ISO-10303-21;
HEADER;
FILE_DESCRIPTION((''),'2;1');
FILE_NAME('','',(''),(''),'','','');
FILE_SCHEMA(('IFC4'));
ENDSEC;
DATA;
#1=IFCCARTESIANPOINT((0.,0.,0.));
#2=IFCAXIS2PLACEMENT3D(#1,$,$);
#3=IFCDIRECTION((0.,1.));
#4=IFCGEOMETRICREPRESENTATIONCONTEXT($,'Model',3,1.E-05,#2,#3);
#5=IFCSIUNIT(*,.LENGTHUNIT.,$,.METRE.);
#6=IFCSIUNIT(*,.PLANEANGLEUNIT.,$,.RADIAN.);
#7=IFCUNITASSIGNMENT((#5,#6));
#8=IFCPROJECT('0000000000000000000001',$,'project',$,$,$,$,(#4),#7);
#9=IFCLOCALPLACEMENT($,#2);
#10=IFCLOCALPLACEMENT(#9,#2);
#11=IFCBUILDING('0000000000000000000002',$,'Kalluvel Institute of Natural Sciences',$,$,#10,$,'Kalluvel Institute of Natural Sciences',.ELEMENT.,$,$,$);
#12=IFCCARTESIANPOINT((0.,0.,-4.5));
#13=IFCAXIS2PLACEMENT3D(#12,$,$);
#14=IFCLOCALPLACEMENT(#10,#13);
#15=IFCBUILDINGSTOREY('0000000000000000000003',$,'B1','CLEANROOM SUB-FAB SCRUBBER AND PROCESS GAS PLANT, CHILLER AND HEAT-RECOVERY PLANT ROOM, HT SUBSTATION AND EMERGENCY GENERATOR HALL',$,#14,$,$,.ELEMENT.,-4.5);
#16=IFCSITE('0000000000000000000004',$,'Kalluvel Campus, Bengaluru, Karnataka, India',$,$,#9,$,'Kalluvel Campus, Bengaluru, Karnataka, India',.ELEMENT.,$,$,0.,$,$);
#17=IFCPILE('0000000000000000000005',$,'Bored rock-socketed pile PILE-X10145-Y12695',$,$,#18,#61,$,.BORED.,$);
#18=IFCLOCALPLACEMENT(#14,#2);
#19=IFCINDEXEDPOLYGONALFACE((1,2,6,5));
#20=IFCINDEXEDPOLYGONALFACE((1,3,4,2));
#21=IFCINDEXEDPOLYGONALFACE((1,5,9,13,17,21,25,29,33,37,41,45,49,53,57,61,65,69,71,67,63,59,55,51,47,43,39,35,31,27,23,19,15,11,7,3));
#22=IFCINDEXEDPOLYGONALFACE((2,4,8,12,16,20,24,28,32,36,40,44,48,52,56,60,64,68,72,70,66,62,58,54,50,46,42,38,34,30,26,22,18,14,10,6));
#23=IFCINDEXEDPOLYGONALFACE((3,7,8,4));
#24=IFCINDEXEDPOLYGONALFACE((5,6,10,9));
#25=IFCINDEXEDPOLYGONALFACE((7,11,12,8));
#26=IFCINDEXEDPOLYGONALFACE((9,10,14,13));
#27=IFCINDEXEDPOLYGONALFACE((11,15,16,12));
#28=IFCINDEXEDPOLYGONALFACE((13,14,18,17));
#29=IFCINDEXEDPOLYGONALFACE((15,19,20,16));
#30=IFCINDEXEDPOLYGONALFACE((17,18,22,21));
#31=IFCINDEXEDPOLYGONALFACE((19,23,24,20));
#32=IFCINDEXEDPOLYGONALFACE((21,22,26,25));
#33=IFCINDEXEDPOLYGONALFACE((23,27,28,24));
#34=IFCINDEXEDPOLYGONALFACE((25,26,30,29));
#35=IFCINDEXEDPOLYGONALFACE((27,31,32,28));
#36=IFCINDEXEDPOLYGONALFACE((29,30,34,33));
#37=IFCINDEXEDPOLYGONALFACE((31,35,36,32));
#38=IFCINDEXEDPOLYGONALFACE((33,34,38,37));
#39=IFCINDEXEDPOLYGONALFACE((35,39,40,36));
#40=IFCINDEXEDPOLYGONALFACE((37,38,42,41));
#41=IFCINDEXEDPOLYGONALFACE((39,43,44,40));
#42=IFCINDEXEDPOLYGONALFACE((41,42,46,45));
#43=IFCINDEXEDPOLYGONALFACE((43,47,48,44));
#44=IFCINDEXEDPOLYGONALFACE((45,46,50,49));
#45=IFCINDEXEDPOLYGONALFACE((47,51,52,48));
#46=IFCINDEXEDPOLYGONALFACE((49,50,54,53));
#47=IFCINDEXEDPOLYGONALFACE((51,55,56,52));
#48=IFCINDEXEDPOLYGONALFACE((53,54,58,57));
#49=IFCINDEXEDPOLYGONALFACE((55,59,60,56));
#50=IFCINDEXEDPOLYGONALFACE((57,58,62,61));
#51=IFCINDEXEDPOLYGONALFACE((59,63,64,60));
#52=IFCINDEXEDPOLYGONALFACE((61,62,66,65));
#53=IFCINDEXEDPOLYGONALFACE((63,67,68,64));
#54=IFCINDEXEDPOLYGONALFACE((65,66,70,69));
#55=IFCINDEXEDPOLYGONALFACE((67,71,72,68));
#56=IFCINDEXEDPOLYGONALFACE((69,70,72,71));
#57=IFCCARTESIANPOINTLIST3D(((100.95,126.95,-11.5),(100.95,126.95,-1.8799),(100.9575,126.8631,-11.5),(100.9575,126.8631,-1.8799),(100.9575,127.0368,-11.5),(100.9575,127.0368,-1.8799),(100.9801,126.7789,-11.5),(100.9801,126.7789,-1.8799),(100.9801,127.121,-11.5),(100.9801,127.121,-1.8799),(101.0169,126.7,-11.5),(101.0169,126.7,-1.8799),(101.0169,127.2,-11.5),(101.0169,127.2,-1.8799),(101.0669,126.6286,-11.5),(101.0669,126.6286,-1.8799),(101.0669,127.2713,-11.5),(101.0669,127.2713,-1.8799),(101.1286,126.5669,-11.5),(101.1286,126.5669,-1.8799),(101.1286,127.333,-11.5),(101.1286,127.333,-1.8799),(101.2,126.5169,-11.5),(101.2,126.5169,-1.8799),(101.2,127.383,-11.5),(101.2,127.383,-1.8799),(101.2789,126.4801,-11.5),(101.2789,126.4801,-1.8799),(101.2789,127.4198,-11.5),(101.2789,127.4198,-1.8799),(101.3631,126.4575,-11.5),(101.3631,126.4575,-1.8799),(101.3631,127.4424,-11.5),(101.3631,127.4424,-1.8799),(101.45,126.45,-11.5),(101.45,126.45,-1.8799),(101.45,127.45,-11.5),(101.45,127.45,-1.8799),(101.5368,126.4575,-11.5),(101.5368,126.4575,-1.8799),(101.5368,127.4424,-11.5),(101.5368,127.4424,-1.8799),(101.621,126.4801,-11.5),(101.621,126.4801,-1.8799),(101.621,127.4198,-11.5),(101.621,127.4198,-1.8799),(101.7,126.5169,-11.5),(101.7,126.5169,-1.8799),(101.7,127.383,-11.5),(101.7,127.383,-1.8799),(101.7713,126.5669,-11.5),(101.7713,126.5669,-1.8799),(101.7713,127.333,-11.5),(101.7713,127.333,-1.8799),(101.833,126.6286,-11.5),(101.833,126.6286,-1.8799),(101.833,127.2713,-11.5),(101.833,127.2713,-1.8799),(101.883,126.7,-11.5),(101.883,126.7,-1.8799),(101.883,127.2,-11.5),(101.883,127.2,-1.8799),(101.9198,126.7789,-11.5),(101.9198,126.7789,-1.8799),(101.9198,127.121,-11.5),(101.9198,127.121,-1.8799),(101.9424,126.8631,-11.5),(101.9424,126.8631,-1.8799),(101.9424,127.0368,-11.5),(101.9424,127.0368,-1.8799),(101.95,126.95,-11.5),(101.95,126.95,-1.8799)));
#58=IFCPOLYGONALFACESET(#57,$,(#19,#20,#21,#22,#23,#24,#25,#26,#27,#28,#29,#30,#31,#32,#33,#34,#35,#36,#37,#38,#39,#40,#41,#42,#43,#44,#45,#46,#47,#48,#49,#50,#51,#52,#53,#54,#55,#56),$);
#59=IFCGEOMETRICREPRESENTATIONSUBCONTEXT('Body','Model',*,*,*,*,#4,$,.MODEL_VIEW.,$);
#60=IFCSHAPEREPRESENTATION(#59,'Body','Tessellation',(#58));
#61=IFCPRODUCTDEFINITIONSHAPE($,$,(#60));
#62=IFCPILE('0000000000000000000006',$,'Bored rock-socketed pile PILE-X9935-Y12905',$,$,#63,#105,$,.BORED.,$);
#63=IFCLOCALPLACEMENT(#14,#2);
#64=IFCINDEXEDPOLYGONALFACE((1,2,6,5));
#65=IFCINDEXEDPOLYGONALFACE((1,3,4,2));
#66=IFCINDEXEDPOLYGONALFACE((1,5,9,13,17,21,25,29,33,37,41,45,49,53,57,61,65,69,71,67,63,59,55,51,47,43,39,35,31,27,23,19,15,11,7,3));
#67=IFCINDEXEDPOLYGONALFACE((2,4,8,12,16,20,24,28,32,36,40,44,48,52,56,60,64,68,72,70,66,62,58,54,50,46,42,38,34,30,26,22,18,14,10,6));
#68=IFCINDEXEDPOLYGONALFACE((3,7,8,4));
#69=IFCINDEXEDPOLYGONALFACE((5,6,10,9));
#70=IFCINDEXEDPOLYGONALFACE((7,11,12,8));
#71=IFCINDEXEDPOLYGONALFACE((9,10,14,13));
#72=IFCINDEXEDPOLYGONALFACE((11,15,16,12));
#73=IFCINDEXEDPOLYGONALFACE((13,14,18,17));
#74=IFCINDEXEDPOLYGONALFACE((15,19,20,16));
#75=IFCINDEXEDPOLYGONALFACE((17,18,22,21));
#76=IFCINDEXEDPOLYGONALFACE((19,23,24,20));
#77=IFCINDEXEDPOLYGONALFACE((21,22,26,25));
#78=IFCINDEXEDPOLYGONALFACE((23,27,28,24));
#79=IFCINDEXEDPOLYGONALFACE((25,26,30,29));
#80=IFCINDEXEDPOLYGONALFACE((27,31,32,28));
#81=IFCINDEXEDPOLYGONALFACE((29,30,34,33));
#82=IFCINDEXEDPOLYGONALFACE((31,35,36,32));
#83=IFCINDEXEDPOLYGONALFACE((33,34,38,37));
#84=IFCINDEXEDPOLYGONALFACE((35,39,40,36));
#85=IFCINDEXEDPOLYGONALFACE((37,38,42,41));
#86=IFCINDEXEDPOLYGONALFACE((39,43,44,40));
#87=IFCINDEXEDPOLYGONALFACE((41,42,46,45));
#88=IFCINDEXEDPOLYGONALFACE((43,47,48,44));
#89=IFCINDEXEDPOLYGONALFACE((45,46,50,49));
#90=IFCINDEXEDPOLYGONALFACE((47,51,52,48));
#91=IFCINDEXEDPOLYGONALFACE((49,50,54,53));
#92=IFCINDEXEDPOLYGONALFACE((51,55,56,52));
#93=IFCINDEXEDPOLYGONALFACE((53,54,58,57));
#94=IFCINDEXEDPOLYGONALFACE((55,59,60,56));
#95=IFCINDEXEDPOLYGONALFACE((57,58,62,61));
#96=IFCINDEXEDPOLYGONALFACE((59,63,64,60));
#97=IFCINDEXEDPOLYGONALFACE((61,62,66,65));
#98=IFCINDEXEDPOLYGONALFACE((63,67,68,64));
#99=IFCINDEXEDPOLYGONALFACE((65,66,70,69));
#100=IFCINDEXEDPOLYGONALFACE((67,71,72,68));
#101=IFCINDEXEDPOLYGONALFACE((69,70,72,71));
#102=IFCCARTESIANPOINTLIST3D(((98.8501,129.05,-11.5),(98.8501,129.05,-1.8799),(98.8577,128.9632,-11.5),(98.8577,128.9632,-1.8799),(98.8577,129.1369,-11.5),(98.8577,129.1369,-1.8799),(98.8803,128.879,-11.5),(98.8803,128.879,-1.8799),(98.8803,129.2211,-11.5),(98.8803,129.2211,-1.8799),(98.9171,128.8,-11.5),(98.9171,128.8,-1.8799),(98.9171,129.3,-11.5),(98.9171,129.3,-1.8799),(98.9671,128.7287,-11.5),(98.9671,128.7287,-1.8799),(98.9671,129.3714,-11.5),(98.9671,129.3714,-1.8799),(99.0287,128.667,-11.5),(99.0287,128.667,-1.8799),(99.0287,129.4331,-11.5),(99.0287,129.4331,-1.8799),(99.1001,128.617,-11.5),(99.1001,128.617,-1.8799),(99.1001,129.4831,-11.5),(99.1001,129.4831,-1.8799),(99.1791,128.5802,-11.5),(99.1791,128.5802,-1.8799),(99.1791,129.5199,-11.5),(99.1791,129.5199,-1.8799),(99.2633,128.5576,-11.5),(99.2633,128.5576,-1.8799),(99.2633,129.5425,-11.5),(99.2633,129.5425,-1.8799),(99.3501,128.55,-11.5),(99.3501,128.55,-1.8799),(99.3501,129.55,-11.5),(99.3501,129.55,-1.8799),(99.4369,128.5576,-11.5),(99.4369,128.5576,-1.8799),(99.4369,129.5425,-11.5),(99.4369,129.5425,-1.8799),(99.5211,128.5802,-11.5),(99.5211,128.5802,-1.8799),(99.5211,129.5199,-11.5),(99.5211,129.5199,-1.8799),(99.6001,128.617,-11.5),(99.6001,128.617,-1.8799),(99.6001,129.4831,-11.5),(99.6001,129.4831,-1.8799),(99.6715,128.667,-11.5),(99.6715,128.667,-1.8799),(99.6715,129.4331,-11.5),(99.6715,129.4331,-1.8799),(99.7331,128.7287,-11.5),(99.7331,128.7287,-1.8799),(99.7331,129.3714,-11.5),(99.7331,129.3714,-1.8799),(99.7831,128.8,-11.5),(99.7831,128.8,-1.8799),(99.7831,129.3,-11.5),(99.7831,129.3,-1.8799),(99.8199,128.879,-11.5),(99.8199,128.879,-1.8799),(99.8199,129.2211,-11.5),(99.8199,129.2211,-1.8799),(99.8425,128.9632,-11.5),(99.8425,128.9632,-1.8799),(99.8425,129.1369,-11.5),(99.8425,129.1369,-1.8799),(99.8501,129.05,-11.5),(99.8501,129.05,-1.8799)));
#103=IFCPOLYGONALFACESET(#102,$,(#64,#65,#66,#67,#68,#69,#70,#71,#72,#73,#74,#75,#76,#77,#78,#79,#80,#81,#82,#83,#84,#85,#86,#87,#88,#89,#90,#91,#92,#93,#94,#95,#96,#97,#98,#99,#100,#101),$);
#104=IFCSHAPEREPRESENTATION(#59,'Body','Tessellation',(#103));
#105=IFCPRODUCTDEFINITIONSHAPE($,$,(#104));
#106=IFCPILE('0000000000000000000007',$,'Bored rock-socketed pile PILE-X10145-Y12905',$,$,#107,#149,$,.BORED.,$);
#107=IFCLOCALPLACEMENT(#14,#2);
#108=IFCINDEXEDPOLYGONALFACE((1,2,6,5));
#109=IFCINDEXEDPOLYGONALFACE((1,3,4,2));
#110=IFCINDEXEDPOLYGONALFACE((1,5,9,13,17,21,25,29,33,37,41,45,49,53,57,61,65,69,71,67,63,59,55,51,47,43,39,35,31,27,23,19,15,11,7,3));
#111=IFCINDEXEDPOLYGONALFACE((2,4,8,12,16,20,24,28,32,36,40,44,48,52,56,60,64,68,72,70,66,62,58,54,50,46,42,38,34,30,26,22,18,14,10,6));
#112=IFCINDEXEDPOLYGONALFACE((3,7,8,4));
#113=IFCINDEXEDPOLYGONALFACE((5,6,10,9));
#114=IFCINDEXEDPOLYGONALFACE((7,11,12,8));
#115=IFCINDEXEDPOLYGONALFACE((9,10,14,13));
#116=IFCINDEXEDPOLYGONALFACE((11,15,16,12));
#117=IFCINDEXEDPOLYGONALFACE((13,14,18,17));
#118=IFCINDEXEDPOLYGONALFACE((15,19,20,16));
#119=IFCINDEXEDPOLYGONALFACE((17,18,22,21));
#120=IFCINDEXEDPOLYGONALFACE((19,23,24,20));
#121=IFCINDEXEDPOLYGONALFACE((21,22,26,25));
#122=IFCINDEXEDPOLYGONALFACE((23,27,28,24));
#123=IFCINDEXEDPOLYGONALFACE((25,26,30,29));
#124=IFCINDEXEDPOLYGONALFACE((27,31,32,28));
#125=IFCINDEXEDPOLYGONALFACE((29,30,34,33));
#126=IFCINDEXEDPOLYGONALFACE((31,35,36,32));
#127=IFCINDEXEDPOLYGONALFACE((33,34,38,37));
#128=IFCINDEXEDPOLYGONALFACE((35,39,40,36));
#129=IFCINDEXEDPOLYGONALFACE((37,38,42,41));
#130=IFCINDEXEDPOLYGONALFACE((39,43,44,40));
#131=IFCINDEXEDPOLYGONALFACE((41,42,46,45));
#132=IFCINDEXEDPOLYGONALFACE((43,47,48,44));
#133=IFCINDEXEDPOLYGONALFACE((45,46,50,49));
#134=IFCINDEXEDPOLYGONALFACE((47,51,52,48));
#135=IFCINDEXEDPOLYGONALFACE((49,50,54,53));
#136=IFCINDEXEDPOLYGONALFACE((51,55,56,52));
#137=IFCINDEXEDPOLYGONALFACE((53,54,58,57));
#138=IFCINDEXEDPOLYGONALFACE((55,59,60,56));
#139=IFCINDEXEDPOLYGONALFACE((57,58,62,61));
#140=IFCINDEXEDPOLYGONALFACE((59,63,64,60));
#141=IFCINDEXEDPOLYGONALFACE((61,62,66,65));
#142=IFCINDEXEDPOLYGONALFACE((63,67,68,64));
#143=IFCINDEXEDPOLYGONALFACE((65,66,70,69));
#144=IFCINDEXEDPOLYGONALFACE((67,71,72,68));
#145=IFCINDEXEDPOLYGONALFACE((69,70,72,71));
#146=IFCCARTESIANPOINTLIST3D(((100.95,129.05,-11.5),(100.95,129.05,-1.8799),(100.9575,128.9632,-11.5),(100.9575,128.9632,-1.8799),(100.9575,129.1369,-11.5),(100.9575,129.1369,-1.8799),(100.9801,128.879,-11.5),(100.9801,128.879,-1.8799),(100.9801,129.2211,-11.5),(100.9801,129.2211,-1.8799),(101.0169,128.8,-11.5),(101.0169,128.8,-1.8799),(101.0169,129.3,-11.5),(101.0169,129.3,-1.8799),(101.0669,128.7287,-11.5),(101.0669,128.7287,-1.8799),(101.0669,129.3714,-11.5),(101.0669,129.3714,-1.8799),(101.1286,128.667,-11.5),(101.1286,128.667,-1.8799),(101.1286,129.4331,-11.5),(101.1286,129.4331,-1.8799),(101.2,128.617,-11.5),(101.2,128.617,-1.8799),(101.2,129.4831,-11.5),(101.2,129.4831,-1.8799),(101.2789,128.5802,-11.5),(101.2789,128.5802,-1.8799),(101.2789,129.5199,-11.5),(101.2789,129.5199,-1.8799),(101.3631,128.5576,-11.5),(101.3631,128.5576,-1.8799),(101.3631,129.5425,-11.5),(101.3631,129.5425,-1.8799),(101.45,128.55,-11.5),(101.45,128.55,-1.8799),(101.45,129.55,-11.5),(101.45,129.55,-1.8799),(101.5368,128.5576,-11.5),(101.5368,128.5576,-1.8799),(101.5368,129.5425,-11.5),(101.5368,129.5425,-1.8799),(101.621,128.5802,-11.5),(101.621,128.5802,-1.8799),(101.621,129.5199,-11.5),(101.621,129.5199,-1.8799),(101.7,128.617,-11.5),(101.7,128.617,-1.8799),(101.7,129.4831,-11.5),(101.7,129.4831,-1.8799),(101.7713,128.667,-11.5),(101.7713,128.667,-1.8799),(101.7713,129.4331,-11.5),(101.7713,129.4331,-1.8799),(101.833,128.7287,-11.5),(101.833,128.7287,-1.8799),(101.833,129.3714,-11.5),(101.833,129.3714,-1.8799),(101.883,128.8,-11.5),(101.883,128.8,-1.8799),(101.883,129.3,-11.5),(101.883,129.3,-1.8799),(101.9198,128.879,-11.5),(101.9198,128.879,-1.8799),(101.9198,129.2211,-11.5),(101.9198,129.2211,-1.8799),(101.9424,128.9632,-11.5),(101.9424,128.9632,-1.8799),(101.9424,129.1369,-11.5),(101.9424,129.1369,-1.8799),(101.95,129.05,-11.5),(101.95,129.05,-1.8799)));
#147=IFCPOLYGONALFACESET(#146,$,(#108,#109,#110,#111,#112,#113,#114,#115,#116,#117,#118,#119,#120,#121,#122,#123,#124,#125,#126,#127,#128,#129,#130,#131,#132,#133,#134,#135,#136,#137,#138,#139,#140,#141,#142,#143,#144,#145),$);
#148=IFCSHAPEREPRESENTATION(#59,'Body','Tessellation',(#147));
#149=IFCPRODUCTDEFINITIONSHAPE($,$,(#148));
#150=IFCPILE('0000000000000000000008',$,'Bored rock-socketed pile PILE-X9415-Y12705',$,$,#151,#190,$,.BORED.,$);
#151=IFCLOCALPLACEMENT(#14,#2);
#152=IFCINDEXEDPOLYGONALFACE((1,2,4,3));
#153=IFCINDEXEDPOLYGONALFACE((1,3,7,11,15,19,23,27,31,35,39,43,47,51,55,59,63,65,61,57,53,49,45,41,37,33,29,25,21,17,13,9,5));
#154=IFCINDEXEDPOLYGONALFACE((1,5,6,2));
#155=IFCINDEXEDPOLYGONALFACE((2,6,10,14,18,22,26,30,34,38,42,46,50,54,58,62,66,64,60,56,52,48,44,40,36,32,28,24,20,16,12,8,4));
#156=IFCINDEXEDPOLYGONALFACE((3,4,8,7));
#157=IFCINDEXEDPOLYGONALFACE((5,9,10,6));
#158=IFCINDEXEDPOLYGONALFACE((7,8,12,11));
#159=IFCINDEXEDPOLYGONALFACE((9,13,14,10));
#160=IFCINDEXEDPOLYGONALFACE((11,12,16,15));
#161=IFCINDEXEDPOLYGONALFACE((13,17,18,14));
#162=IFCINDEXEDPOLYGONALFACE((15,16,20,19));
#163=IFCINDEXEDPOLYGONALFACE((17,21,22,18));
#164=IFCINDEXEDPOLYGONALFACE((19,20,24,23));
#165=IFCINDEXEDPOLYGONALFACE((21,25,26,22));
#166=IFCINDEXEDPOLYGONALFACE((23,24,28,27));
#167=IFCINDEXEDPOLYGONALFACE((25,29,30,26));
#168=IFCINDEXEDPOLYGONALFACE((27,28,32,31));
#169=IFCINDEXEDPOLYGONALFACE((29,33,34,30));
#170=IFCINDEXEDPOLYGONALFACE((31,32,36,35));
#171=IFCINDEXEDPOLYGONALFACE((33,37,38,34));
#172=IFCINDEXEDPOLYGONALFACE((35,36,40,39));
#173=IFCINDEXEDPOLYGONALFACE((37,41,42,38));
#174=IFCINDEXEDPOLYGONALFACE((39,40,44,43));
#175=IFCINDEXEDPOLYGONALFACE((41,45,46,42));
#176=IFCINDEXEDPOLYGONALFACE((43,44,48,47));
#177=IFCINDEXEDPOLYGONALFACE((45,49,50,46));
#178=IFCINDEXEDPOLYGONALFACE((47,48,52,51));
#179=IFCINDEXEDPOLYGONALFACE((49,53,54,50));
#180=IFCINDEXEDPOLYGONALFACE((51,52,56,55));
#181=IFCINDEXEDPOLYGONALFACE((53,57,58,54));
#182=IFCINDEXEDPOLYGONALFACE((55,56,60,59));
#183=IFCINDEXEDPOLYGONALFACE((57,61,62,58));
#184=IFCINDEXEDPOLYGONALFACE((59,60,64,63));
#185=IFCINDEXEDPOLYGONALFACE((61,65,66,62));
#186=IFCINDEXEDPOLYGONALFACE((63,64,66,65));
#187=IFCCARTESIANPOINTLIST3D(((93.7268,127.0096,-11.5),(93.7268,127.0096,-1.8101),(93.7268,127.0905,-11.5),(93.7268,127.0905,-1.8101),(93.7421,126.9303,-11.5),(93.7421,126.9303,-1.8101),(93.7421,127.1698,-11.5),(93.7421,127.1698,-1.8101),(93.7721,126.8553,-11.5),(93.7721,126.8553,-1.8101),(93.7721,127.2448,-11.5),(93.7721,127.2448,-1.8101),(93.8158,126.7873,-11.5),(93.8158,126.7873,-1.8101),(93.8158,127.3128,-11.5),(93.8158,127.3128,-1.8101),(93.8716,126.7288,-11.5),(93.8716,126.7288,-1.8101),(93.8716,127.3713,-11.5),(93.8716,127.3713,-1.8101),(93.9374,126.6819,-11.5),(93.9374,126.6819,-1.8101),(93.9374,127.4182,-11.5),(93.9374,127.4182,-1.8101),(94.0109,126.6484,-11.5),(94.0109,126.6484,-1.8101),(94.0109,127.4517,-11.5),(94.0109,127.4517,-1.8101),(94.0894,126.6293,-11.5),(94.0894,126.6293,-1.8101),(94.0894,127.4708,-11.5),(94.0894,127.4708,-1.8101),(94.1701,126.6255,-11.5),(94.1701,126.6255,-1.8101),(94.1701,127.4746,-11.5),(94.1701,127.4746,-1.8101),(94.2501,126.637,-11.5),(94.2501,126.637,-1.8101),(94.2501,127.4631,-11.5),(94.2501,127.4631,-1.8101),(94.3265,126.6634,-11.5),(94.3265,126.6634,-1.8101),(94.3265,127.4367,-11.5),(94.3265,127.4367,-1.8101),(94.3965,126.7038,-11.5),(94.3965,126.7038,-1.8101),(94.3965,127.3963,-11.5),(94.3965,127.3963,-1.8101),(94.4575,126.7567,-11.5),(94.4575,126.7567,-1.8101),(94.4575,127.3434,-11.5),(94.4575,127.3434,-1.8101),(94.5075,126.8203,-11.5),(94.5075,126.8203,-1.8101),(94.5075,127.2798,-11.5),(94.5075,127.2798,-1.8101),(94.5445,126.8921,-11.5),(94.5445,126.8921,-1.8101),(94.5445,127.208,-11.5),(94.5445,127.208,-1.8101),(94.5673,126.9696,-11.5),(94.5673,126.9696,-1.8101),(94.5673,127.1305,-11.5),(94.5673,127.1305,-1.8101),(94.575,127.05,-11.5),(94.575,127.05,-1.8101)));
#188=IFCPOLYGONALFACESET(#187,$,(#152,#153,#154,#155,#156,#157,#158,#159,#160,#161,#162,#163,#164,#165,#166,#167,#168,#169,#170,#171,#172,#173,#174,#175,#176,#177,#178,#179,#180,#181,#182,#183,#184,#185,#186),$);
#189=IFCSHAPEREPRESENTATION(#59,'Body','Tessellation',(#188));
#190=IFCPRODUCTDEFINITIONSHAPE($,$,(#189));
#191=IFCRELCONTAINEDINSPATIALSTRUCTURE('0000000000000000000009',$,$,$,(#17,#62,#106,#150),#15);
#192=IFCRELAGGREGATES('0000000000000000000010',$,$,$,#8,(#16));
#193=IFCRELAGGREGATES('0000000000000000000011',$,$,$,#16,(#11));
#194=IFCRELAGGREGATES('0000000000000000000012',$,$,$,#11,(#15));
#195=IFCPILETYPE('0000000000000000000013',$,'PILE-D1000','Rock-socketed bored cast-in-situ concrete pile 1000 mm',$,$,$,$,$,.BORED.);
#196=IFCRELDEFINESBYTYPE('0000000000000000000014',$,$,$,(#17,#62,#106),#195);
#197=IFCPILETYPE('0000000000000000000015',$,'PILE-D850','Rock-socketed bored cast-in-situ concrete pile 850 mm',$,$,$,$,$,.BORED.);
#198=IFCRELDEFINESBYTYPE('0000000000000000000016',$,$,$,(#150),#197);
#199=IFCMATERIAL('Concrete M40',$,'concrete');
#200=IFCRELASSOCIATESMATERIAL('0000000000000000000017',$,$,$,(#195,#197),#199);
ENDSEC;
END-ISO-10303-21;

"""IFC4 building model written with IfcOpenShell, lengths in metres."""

from ifc_helpers import new_model, si_unit, direction, frame, origin, origin_2d, place, context, subcontext, project, spatial, circle, extrude, material, material_profile, profile_set, type_object, element, save


model = new_model("IFC4")

# Units and contexts
model_context = context("Model", 3, precision=1e-05, world=origin(), true_north=direction((0.0, 1.0)))
body_context = subcontext(model_context, "Body", "Model", "MODEL_VIEW")
ifc_project = project(units=[si_unit("LENGTHUNIT", "METRE"), si_unit("PLANEANGLEUNIT", "RADIAN")], contexts=[model_context])

# Site, building, storey
site_placement = place(None, origin())
site = spatial("IfcSite", under=ifc_project, at=site_placement, Name="Kalluvel Campus, Bengaluru, Karnataka, India", LongName="Kalluvel Campus, Bengaluru, Karnataka, India", CompositionType="ELEMENT", RefElevation=0.0)
building_placement = place(site_placement, origin())
building = spatial("IfcBuilding", under=site, at=building_placement, Name="Kalluvel Institute of Natural Sciences", LongName="Kalluvel Institute of Natural Sciences", CompositionType="ELEMENT")
storey_placement = place(building_placement, frame((0.0, 0.0, -4.5)))
storey = spatial("IfcBuildingStorey", under=building, at=storey_placement, Name="B1", Description="CLEANROOM SUB-FAB SCRUBBER AND PROCESS GAS PLANT, CHILLER AND HEAT-RECOVERY PLANT ROOM, HT SUBSTATION AND EMERGENCY GENERATOR HALL", CompositionType="ELEMENT", Elevation=-4.5)

# Shared definitions
ifc_material_1 = material(Name="Concrete M40", Category="concrete")

# Piles
ifc_material_profile_1 = material_profile(ifc_material_1, circle(Radius=0.5, at=origin_2d()), Name="PILE D1000")
ifc_profile_set_1 = profile_set([ifc_material_profile_1], Name="Concrete M40")
pile_type_1 = type_object("IfcPileType", Name="PILE-D1000", Description="Rock-socketed bored cast-in-situ concrete pile 1000 mm", PredefinedType="BORED", material=ifc_profile_set_1)
for number, where, z_axis, x_axis, name in (
    (1, (101.45, 126.95, -1.8799), (0.0, 0.0, -1.0), (1.0, 0.0, 0.0), "Bored rock-socketed pile PILE-X10145-Y12695"),
    (2, (99.3501, 129.05, -1.8799), (0.0, 0.0, -1.0), (1.0, 0.0, 0.0), "Bored rock-socketed pile PILE-X9935-Y12905"),
    (3, (101.45, 129.05, -1.8799), (0.0, 0.0, -1.0), (1.0, 0.0, 0.0), "Bored rock-socketed pile PILE-X10145-Y12905"),
):
    element("IfcPile", number, at=place(storey_placement, frame(where, z_axis=z_axis, x_axis=x_axis)), inside=storey, type_object=pile_type_1, Name=name, PredefinedType="BORED", context=body_context, shape_type="SweptSolid", body=[
        extrude(circle(Radius=0.5, at=origin_2d()), origin(), (0.0, 0.0, 1.0), 9.6201),
    ])
ifc_material_profile_2 = material_profile(ifc_material_1, circle(Radius=0.425, at=origin_2d()), Name="PILE D850")
ifc_profile_set_2 = profile_set([ifc_material_profile_2], Name="Concrete M40")
pile_type_2 = type_object("IfcPileType", Name="PILE-D850", Description="Rock-socketed bored cast-in-situ concrete pile 850 mm", PredefinedType="BORED", material=ifc_profile_set_2)
for number, where, z_axis, x_axis, name in (
    (4, (94.1499, 127.05, -1.8101), (0.0, 0.0, -1.0), (1.0, 0.0, 0.0), "Bored rock-socketed pile PILE-X9415-Y12705"),
):
    element("IfcPile", number, at=place(storey_placement, frame(where, z_axis=z_axis, x_axis=x_axis)), inside=storey, type_object=pile_type_2, Name=name, PredefinedType="BORED", context=body_context, shape_type="SweptSolid", body=[
        extrude(circle(Radius=0.425, at=origin_2d()), origin(), (0.0, 0.0, 1.0), 9.6899),
    ])

save(model, "model.ifc")
